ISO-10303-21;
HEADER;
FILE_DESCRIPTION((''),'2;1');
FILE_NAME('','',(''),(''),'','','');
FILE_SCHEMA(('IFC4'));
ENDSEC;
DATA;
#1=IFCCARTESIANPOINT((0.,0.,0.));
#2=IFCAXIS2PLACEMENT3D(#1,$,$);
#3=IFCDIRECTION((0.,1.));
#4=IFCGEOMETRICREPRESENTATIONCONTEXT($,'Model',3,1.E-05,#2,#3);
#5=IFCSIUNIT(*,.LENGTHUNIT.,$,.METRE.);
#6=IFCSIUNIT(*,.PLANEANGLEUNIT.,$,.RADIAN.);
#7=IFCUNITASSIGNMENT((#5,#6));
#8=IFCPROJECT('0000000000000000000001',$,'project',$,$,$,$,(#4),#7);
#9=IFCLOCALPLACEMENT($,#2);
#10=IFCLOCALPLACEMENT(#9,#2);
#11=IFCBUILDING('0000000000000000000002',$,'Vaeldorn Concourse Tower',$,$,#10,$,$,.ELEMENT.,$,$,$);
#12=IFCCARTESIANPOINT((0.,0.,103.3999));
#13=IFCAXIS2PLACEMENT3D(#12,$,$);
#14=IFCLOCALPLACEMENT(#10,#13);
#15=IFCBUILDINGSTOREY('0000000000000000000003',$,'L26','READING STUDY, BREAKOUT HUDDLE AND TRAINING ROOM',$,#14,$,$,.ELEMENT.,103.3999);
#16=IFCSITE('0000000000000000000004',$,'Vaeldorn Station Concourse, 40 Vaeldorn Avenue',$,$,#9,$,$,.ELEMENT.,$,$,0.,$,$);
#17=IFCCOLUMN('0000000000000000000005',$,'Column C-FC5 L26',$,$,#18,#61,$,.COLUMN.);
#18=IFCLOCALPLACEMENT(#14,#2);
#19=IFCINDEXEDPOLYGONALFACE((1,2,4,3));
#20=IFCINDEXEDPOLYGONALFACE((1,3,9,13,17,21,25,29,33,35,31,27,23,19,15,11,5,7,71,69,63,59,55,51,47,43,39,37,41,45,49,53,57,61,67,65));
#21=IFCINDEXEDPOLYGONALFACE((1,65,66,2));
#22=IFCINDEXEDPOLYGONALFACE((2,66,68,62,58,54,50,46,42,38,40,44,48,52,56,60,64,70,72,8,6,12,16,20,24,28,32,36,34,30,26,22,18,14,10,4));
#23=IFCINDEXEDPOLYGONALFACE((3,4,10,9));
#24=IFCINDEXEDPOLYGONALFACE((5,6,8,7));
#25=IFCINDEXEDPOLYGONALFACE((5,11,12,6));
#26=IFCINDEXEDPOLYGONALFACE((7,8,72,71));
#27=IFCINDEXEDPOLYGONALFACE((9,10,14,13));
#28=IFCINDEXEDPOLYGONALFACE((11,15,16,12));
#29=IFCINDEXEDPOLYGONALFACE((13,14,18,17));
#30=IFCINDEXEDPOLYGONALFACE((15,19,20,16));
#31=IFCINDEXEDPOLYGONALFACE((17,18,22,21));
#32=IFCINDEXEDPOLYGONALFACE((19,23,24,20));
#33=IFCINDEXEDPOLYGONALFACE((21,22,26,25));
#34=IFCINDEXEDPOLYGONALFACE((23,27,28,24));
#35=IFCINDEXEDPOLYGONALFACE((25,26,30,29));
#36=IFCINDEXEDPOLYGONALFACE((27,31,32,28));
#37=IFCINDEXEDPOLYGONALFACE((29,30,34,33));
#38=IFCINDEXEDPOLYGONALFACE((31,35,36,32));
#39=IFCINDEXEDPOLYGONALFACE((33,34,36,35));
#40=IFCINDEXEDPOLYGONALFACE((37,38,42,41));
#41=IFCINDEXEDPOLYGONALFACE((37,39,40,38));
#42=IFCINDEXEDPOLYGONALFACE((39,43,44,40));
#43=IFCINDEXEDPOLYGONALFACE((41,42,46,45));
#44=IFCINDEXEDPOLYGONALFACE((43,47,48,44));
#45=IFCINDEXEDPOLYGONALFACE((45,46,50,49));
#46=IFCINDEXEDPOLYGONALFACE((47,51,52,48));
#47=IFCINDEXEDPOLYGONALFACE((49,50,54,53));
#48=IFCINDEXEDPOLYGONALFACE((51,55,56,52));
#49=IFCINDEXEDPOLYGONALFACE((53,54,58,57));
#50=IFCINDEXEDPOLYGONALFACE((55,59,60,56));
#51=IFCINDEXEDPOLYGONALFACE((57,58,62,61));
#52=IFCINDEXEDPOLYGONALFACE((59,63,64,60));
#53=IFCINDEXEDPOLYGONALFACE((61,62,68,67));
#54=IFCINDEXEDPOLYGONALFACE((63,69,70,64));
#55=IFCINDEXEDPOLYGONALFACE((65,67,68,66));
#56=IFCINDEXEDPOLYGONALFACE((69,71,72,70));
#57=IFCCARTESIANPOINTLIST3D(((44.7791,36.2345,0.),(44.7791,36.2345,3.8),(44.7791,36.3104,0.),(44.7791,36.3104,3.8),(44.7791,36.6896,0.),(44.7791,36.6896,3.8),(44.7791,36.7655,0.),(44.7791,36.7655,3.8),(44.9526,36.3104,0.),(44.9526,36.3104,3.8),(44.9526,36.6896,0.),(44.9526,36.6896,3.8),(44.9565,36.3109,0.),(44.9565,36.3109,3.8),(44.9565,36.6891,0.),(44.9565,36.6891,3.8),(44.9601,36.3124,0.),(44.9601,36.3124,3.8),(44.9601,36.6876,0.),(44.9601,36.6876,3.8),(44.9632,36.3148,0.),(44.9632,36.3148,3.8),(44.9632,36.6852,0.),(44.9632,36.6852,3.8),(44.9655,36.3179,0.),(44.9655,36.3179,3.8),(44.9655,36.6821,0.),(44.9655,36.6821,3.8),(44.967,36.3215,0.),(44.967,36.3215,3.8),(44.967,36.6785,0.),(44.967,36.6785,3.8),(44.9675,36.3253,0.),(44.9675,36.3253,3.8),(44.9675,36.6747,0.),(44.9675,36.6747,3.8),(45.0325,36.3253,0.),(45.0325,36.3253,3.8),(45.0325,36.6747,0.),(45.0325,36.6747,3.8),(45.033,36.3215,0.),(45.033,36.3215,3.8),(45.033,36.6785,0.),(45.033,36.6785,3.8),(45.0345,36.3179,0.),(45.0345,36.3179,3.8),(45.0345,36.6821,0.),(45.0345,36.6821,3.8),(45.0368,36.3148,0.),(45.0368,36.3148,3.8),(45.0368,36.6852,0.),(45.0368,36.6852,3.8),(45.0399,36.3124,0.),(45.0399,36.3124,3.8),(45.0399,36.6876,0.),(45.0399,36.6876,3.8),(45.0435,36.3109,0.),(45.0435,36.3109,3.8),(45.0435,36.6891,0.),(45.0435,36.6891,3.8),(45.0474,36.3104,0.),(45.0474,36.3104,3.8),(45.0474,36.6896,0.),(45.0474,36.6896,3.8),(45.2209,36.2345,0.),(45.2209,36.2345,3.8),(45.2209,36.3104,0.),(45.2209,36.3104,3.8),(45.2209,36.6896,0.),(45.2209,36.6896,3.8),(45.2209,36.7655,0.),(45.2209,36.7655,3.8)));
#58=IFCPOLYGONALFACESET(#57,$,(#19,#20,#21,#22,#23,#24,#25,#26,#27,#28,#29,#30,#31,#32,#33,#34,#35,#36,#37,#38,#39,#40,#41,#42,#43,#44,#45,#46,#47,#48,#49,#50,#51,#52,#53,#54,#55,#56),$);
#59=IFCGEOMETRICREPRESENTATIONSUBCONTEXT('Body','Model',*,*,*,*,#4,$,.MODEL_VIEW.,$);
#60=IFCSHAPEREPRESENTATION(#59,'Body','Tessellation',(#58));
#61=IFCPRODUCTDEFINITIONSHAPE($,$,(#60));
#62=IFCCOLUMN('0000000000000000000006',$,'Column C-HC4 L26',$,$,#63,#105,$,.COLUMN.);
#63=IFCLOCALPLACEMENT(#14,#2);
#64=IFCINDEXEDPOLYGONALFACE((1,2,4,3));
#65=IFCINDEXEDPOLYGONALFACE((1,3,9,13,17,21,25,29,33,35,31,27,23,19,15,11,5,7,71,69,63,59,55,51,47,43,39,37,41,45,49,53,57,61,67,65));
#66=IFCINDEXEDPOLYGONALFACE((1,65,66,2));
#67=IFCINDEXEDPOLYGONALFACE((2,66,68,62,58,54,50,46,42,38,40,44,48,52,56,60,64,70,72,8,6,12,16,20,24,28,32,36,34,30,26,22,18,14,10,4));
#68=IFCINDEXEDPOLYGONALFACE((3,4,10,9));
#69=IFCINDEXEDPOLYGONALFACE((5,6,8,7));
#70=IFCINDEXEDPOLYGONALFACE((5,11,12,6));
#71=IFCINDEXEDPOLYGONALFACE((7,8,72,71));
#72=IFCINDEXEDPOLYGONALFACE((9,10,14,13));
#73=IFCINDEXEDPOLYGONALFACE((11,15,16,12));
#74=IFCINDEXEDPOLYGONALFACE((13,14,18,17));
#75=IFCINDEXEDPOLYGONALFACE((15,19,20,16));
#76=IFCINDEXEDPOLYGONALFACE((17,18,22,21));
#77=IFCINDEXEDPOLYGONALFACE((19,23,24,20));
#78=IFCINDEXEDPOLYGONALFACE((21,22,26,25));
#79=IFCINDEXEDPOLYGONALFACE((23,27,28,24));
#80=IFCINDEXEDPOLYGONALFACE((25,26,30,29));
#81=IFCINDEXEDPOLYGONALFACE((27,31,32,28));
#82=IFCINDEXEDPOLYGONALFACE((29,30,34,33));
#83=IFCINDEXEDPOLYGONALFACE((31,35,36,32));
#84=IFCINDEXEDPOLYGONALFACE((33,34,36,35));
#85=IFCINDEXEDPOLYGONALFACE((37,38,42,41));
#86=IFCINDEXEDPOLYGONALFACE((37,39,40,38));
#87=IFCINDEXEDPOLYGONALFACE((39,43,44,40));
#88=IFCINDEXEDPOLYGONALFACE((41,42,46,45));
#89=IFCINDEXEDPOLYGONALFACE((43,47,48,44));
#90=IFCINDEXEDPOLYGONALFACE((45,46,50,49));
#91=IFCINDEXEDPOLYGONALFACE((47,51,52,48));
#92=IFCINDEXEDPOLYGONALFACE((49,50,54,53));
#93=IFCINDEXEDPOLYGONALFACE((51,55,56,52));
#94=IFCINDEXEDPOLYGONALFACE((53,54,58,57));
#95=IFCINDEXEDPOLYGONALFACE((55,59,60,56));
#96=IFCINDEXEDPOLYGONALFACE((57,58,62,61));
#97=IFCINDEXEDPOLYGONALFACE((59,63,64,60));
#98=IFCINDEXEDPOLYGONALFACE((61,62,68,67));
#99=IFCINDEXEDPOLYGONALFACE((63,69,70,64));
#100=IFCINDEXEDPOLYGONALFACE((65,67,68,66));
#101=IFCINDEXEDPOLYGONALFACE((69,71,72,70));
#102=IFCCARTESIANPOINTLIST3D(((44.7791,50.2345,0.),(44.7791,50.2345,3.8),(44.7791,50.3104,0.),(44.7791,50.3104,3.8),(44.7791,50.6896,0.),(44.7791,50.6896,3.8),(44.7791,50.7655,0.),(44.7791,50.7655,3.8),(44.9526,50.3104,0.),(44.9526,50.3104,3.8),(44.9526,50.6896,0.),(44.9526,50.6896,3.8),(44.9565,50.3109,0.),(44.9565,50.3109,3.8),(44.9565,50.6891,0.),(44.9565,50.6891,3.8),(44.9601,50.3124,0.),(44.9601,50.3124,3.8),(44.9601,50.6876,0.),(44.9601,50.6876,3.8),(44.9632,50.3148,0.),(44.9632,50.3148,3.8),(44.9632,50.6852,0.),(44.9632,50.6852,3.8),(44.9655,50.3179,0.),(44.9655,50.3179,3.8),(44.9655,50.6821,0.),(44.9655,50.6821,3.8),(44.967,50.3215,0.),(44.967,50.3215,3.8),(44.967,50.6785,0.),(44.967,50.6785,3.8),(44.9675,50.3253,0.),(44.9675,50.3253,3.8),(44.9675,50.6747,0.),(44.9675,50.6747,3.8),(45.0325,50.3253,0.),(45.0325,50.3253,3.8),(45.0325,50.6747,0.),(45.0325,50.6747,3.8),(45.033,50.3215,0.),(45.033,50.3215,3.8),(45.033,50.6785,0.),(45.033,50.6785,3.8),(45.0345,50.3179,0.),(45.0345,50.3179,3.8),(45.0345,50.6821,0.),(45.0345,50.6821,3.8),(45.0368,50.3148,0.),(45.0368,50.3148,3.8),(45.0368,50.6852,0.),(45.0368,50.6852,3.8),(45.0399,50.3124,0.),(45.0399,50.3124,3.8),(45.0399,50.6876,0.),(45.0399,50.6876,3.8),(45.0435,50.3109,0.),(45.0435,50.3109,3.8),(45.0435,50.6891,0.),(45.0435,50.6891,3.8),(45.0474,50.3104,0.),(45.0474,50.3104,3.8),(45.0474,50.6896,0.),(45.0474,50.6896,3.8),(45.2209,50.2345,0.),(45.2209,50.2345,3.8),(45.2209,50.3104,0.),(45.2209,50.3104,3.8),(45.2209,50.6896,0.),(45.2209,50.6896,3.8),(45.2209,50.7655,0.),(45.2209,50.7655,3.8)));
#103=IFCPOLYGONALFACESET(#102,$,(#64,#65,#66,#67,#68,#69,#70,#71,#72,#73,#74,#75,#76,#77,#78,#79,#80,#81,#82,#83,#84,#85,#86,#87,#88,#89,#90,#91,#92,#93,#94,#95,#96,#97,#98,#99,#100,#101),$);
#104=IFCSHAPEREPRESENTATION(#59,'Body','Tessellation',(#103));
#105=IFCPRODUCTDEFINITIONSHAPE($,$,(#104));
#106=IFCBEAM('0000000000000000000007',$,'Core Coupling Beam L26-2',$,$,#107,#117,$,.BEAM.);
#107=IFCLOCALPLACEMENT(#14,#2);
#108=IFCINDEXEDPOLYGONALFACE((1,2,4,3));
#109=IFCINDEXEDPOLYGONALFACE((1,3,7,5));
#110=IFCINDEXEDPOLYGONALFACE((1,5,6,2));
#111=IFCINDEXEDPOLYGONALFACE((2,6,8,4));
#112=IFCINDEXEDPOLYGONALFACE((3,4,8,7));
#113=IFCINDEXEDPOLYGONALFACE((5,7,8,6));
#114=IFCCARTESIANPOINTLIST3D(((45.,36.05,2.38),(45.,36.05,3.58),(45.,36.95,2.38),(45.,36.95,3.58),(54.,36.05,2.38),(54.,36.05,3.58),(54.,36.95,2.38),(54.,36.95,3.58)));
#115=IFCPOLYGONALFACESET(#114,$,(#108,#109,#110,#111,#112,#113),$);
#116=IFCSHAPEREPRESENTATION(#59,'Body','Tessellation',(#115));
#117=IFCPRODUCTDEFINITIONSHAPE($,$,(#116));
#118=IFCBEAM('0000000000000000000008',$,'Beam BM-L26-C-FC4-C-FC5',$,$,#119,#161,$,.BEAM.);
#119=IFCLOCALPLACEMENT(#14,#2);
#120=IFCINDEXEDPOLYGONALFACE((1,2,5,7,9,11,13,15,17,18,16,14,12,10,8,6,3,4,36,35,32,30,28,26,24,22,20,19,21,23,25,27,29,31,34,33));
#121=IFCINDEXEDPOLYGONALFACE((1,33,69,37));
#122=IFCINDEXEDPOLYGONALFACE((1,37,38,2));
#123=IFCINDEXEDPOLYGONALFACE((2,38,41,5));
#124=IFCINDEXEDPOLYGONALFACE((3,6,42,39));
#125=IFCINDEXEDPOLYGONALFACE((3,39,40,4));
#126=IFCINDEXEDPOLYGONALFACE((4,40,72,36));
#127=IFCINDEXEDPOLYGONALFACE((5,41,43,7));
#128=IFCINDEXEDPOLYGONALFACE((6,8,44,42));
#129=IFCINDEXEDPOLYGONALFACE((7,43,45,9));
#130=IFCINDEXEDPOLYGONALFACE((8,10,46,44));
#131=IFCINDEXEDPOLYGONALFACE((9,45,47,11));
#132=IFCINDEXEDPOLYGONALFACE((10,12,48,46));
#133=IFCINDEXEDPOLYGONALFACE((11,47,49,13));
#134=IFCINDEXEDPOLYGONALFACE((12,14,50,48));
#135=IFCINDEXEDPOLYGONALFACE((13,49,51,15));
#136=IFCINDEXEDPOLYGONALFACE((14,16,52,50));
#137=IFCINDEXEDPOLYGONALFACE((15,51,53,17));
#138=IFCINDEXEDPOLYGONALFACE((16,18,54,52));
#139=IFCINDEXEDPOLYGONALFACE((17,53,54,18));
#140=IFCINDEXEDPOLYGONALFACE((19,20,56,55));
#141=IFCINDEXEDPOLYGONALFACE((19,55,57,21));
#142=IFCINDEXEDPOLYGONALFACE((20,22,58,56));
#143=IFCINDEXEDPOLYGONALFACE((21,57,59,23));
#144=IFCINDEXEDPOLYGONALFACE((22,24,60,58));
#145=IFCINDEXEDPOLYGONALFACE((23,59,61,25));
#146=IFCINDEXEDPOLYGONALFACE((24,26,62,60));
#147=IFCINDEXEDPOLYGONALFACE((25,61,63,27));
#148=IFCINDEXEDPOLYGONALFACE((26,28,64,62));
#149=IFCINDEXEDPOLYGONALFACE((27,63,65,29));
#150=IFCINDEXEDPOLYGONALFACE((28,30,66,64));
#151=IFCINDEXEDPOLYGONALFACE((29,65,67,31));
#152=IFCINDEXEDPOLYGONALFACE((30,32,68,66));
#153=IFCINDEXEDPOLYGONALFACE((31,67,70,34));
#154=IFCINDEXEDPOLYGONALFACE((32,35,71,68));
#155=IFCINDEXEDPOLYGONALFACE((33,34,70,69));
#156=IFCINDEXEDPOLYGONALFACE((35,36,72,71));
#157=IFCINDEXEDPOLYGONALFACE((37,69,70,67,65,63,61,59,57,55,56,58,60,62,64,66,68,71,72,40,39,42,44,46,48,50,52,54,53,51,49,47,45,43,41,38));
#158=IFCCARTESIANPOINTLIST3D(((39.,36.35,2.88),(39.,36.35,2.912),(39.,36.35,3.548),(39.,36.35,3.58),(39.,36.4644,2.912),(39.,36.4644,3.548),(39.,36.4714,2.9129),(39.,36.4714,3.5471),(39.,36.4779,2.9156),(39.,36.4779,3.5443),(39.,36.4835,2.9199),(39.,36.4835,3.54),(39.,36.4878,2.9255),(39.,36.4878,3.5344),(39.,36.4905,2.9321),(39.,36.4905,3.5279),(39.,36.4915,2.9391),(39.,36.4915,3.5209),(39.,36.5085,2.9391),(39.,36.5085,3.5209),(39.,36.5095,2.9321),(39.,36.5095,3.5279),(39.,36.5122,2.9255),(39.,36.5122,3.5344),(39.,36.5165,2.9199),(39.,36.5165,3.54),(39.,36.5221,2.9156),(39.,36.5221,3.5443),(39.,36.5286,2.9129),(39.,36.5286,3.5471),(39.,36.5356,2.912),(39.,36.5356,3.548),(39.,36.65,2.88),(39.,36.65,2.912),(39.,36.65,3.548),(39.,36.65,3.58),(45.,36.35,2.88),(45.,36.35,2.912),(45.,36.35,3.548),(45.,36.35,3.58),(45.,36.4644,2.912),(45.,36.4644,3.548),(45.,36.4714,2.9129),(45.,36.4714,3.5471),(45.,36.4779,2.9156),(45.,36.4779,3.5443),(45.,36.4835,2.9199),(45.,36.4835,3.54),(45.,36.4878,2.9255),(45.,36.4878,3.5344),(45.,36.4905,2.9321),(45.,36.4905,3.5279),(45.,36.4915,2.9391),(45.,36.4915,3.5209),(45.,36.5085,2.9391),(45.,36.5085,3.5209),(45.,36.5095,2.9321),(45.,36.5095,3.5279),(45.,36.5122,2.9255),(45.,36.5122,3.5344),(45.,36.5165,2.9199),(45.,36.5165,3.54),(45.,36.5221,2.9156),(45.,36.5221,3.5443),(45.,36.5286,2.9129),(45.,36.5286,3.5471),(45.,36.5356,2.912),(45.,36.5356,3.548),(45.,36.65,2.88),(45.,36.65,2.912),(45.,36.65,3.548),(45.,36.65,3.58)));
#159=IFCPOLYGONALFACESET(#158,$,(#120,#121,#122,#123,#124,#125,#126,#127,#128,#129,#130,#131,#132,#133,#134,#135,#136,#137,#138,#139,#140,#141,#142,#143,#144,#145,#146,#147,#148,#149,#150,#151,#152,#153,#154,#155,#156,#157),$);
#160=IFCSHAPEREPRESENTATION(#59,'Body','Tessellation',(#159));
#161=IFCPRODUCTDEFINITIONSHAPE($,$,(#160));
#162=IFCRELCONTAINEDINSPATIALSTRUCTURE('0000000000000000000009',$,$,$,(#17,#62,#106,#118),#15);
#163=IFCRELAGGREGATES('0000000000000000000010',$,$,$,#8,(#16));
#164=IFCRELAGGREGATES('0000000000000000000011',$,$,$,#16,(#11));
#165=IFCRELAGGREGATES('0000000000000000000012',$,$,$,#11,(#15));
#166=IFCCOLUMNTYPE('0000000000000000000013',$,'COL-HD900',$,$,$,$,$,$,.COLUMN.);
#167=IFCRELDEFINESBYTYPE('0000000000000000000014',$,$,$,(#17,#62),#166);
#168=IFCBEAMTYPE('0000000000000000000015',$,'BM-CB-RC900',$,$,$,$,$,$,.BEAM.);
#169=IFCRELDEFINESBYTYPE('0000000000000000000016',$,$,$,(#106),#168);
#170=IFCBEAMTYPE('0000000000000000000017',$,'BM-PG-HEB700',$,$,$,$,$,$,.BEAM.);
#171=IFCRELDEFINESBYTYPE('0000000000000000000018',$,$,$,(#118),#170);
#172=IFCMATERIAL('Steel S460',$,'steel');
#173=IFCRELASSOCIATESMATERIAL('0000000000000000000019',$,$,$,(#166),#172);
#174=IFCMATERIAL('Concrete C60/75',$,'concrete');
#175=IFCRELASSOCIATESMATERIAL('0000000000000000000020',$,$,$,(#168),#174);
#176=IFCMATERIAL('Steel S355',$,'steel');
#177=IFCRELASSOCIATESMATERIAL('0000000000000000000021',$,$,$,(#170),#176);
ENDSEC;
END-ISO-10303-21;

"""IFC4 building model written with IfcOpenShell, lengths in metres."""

from ifc_helpers import new_model, si_unit, direction, frame, origin, origin_2d, place, context, subcontext, project, spatial, rectangle, i_section, extrude, source, transform, mapped, material, material_profile, profile_set, type_object, element, save


model = new_model("IFC4")

# Units and contexts
model_context = context("Model", 3, precision=1e-05, world=origin(), true_north=direction((0.0, 1.0)))
body_context = subcontext(model_context, "Body", "Model", "MODEL_VIEW")
ifc_project = project(units=[si_unit("LENGTHUNIT", "METRE"), si_unit("PLANEANGLEUNIT", "RADIAN")], contexts=[model_context])

# Site, building, storey
site_placement = place(None, origin())
site = spatial("IfcSite", under=ifc_project, at=site_placement, Name="Vaeldorn Station Concourse, 40 Vaeldorn Avenue", CompositionType="ELEMENT", RefElevation=0.0)
building_placement = place(site_placement, origin())
building = spatial("IfcBuilding", under=site, at=building_placement, Name="Vaeldorn Concourse Tower", CompositionType="ELEMENT")
storey_placement = place(building_placement, frame((0.0, 0.0, 103.3999)))
storey = spatial("IfcBuildingStorey", under=building, at=storey_placement, Name="L26", Description="READING STUDY, BREAKOUT HUDDLE AND TRAINING ROOM", CompositionType="ELEMENT", Elevation=103.3999)

# Columns
ifc_material_1 = material(Name="Steel S460", Category="steel")
ifc_material_profile_1 = material_profile(ifc_material_1, i_section(OverallWidth=0.4419, OverallDepth=0.531, WebThickness=0.0649, FlangeThickness=0.0759, FilletRadius=0.0149, at=origin_2d()), Name="HD 400x900")
ifc_profile_set_1 = profile_set([ifc_material_profile_1], Name="Steel S460")
column_type = type_object("IfcColumnType", Name="COL-HD900", PredefinedType="COLUMN", material=ifc_profile_set_1)
shared_shape_1 = source(origin(), body_context, "Body", "SweptSolid", [
    extrude(i_section(OverallWidth=0.4419, OverallDepth=0.531, WebThickness=0.0649, FlangeThickness=0.0759, FilletRadius=0.0149, at=origin_2d()), origin(), (0.0, 0.0, 1.0), 3.8),
])
for number, where, z_axis, x_axis, name in (
    (1, (45.0, 36.5, 0.0), (0.0, 0.0, 1.0), (1.0, 0.0, 0.0), "Column C-FC5 L26"),
    (2, (45.0, 50.5, 0.0), (0.0, 0.0, 1.0), (1.0, 0.0, 0.0), "Column C-HC4 L26"),
):
    element("IfcColumn", number, at=place(storey_placement, frame(where, z_axis=z_axis, x_axis=x_axis)), inside=storey, type_object=column_type, Name=name, PredefinedType="COLUMN", context=body_context, shape_type="MappedRepresentation", body=[
        mapped(shared_shape_1, transform((0.0, 0.0, 0.0), scale=1.0)),
    ])

# Beams
ifc_material_2 = material(Name="Concrete C60/75", Category="concrete")
ifc_material_profile_2 = material_profile(ifc_material_2, rectangle(XDim=0.8999, YDim=1.2, at=origin_2d()), Name="RC 900x1200")
ifc_profile_set_2 = profile_set([ifc_material_profile_2], Name="Concrete C60/75")
beam_type_1 = type_object("IfcBeamType", Name="BM-CB-RC900", PredefinedType="BEAM", material=ifc_profile_set_2)
shared_shape_2 = source(origin(), body_context, "Body", "SweptSolid", [
    extrude(rectangle(XDim=0.8999, YDim=1.2, at=origin_2d()), origin(), (0.0, 0.0, 1.0), 9.0),
])
beam_1_placement = place(storey_placement, frame((45.0, 36.5, 2.98), z_axis=(1.0, 0.0, 0.0), x_axis=(0.0, 1.0, 0.0)))
element("IfcBeam", 3, at=beam_1_placement, inside=storey, type_object=beam_type_1, Name="Core Coupling Beam L26-2", PredefinedType="BEAM", context=body_context, shape_type="MappedRepresentation", body=[
    mapped(shared_shape_2, transform((0.0, 0.0, 0.0), scale=1.0)),
])
ifc_material_3 = material(Name="Steel S355", Category="steel")
ifc_material_profile_3 = material_profile(ifc_material_3, i_section(OverallWidth=0.3, OverallDepth=0.7, WebThickness=0.0171, FlangeThickness=0.032, FilletRadius=0.0271, at=origin_2d()), Name="HEB 700")
ifc_profile_set_3 = profile_set([ifc_material_profile_3], Name="Steel S355")
beam_type_2 = type_object("IfcBeamType", Name="BM-PG-HEB700", PredefinedType="BEAM", material=ifc_profile_set_3)
shared_shape_3 = source(origin(), body_context, "Body", "SweptSolid", [
    extrude(i_section(OverallWidth=0.3, OverallDepth=0.7, WebThickness=0.0171, FlangeThickness=0.032, FilletRadius=0.0271, at=origin_2d()), origin(), (0.0, 0.0, 1.0), 6.0),
])
beam_2_placement = place(storey_placement, frame((39.0, 36.5, 3.23), z_axis=(1.0, 0.0, 0.0), x_axis=(0.0, 1.0, 0.0)))
element("IfcBeam", 4, at=beam_2_placement, inside=storey, type_object=beam_type_2, Name="Beam BM-L26-C-FC4-C-FC5", PredefinedType="BEAM", context=body_context, shape_type="MappedRepresentation", body=[
    mapped(shared_shape_3, transform((0.0, 0.0, 0.0), scale=1.0)),
])

save(model, "model.ifc")
